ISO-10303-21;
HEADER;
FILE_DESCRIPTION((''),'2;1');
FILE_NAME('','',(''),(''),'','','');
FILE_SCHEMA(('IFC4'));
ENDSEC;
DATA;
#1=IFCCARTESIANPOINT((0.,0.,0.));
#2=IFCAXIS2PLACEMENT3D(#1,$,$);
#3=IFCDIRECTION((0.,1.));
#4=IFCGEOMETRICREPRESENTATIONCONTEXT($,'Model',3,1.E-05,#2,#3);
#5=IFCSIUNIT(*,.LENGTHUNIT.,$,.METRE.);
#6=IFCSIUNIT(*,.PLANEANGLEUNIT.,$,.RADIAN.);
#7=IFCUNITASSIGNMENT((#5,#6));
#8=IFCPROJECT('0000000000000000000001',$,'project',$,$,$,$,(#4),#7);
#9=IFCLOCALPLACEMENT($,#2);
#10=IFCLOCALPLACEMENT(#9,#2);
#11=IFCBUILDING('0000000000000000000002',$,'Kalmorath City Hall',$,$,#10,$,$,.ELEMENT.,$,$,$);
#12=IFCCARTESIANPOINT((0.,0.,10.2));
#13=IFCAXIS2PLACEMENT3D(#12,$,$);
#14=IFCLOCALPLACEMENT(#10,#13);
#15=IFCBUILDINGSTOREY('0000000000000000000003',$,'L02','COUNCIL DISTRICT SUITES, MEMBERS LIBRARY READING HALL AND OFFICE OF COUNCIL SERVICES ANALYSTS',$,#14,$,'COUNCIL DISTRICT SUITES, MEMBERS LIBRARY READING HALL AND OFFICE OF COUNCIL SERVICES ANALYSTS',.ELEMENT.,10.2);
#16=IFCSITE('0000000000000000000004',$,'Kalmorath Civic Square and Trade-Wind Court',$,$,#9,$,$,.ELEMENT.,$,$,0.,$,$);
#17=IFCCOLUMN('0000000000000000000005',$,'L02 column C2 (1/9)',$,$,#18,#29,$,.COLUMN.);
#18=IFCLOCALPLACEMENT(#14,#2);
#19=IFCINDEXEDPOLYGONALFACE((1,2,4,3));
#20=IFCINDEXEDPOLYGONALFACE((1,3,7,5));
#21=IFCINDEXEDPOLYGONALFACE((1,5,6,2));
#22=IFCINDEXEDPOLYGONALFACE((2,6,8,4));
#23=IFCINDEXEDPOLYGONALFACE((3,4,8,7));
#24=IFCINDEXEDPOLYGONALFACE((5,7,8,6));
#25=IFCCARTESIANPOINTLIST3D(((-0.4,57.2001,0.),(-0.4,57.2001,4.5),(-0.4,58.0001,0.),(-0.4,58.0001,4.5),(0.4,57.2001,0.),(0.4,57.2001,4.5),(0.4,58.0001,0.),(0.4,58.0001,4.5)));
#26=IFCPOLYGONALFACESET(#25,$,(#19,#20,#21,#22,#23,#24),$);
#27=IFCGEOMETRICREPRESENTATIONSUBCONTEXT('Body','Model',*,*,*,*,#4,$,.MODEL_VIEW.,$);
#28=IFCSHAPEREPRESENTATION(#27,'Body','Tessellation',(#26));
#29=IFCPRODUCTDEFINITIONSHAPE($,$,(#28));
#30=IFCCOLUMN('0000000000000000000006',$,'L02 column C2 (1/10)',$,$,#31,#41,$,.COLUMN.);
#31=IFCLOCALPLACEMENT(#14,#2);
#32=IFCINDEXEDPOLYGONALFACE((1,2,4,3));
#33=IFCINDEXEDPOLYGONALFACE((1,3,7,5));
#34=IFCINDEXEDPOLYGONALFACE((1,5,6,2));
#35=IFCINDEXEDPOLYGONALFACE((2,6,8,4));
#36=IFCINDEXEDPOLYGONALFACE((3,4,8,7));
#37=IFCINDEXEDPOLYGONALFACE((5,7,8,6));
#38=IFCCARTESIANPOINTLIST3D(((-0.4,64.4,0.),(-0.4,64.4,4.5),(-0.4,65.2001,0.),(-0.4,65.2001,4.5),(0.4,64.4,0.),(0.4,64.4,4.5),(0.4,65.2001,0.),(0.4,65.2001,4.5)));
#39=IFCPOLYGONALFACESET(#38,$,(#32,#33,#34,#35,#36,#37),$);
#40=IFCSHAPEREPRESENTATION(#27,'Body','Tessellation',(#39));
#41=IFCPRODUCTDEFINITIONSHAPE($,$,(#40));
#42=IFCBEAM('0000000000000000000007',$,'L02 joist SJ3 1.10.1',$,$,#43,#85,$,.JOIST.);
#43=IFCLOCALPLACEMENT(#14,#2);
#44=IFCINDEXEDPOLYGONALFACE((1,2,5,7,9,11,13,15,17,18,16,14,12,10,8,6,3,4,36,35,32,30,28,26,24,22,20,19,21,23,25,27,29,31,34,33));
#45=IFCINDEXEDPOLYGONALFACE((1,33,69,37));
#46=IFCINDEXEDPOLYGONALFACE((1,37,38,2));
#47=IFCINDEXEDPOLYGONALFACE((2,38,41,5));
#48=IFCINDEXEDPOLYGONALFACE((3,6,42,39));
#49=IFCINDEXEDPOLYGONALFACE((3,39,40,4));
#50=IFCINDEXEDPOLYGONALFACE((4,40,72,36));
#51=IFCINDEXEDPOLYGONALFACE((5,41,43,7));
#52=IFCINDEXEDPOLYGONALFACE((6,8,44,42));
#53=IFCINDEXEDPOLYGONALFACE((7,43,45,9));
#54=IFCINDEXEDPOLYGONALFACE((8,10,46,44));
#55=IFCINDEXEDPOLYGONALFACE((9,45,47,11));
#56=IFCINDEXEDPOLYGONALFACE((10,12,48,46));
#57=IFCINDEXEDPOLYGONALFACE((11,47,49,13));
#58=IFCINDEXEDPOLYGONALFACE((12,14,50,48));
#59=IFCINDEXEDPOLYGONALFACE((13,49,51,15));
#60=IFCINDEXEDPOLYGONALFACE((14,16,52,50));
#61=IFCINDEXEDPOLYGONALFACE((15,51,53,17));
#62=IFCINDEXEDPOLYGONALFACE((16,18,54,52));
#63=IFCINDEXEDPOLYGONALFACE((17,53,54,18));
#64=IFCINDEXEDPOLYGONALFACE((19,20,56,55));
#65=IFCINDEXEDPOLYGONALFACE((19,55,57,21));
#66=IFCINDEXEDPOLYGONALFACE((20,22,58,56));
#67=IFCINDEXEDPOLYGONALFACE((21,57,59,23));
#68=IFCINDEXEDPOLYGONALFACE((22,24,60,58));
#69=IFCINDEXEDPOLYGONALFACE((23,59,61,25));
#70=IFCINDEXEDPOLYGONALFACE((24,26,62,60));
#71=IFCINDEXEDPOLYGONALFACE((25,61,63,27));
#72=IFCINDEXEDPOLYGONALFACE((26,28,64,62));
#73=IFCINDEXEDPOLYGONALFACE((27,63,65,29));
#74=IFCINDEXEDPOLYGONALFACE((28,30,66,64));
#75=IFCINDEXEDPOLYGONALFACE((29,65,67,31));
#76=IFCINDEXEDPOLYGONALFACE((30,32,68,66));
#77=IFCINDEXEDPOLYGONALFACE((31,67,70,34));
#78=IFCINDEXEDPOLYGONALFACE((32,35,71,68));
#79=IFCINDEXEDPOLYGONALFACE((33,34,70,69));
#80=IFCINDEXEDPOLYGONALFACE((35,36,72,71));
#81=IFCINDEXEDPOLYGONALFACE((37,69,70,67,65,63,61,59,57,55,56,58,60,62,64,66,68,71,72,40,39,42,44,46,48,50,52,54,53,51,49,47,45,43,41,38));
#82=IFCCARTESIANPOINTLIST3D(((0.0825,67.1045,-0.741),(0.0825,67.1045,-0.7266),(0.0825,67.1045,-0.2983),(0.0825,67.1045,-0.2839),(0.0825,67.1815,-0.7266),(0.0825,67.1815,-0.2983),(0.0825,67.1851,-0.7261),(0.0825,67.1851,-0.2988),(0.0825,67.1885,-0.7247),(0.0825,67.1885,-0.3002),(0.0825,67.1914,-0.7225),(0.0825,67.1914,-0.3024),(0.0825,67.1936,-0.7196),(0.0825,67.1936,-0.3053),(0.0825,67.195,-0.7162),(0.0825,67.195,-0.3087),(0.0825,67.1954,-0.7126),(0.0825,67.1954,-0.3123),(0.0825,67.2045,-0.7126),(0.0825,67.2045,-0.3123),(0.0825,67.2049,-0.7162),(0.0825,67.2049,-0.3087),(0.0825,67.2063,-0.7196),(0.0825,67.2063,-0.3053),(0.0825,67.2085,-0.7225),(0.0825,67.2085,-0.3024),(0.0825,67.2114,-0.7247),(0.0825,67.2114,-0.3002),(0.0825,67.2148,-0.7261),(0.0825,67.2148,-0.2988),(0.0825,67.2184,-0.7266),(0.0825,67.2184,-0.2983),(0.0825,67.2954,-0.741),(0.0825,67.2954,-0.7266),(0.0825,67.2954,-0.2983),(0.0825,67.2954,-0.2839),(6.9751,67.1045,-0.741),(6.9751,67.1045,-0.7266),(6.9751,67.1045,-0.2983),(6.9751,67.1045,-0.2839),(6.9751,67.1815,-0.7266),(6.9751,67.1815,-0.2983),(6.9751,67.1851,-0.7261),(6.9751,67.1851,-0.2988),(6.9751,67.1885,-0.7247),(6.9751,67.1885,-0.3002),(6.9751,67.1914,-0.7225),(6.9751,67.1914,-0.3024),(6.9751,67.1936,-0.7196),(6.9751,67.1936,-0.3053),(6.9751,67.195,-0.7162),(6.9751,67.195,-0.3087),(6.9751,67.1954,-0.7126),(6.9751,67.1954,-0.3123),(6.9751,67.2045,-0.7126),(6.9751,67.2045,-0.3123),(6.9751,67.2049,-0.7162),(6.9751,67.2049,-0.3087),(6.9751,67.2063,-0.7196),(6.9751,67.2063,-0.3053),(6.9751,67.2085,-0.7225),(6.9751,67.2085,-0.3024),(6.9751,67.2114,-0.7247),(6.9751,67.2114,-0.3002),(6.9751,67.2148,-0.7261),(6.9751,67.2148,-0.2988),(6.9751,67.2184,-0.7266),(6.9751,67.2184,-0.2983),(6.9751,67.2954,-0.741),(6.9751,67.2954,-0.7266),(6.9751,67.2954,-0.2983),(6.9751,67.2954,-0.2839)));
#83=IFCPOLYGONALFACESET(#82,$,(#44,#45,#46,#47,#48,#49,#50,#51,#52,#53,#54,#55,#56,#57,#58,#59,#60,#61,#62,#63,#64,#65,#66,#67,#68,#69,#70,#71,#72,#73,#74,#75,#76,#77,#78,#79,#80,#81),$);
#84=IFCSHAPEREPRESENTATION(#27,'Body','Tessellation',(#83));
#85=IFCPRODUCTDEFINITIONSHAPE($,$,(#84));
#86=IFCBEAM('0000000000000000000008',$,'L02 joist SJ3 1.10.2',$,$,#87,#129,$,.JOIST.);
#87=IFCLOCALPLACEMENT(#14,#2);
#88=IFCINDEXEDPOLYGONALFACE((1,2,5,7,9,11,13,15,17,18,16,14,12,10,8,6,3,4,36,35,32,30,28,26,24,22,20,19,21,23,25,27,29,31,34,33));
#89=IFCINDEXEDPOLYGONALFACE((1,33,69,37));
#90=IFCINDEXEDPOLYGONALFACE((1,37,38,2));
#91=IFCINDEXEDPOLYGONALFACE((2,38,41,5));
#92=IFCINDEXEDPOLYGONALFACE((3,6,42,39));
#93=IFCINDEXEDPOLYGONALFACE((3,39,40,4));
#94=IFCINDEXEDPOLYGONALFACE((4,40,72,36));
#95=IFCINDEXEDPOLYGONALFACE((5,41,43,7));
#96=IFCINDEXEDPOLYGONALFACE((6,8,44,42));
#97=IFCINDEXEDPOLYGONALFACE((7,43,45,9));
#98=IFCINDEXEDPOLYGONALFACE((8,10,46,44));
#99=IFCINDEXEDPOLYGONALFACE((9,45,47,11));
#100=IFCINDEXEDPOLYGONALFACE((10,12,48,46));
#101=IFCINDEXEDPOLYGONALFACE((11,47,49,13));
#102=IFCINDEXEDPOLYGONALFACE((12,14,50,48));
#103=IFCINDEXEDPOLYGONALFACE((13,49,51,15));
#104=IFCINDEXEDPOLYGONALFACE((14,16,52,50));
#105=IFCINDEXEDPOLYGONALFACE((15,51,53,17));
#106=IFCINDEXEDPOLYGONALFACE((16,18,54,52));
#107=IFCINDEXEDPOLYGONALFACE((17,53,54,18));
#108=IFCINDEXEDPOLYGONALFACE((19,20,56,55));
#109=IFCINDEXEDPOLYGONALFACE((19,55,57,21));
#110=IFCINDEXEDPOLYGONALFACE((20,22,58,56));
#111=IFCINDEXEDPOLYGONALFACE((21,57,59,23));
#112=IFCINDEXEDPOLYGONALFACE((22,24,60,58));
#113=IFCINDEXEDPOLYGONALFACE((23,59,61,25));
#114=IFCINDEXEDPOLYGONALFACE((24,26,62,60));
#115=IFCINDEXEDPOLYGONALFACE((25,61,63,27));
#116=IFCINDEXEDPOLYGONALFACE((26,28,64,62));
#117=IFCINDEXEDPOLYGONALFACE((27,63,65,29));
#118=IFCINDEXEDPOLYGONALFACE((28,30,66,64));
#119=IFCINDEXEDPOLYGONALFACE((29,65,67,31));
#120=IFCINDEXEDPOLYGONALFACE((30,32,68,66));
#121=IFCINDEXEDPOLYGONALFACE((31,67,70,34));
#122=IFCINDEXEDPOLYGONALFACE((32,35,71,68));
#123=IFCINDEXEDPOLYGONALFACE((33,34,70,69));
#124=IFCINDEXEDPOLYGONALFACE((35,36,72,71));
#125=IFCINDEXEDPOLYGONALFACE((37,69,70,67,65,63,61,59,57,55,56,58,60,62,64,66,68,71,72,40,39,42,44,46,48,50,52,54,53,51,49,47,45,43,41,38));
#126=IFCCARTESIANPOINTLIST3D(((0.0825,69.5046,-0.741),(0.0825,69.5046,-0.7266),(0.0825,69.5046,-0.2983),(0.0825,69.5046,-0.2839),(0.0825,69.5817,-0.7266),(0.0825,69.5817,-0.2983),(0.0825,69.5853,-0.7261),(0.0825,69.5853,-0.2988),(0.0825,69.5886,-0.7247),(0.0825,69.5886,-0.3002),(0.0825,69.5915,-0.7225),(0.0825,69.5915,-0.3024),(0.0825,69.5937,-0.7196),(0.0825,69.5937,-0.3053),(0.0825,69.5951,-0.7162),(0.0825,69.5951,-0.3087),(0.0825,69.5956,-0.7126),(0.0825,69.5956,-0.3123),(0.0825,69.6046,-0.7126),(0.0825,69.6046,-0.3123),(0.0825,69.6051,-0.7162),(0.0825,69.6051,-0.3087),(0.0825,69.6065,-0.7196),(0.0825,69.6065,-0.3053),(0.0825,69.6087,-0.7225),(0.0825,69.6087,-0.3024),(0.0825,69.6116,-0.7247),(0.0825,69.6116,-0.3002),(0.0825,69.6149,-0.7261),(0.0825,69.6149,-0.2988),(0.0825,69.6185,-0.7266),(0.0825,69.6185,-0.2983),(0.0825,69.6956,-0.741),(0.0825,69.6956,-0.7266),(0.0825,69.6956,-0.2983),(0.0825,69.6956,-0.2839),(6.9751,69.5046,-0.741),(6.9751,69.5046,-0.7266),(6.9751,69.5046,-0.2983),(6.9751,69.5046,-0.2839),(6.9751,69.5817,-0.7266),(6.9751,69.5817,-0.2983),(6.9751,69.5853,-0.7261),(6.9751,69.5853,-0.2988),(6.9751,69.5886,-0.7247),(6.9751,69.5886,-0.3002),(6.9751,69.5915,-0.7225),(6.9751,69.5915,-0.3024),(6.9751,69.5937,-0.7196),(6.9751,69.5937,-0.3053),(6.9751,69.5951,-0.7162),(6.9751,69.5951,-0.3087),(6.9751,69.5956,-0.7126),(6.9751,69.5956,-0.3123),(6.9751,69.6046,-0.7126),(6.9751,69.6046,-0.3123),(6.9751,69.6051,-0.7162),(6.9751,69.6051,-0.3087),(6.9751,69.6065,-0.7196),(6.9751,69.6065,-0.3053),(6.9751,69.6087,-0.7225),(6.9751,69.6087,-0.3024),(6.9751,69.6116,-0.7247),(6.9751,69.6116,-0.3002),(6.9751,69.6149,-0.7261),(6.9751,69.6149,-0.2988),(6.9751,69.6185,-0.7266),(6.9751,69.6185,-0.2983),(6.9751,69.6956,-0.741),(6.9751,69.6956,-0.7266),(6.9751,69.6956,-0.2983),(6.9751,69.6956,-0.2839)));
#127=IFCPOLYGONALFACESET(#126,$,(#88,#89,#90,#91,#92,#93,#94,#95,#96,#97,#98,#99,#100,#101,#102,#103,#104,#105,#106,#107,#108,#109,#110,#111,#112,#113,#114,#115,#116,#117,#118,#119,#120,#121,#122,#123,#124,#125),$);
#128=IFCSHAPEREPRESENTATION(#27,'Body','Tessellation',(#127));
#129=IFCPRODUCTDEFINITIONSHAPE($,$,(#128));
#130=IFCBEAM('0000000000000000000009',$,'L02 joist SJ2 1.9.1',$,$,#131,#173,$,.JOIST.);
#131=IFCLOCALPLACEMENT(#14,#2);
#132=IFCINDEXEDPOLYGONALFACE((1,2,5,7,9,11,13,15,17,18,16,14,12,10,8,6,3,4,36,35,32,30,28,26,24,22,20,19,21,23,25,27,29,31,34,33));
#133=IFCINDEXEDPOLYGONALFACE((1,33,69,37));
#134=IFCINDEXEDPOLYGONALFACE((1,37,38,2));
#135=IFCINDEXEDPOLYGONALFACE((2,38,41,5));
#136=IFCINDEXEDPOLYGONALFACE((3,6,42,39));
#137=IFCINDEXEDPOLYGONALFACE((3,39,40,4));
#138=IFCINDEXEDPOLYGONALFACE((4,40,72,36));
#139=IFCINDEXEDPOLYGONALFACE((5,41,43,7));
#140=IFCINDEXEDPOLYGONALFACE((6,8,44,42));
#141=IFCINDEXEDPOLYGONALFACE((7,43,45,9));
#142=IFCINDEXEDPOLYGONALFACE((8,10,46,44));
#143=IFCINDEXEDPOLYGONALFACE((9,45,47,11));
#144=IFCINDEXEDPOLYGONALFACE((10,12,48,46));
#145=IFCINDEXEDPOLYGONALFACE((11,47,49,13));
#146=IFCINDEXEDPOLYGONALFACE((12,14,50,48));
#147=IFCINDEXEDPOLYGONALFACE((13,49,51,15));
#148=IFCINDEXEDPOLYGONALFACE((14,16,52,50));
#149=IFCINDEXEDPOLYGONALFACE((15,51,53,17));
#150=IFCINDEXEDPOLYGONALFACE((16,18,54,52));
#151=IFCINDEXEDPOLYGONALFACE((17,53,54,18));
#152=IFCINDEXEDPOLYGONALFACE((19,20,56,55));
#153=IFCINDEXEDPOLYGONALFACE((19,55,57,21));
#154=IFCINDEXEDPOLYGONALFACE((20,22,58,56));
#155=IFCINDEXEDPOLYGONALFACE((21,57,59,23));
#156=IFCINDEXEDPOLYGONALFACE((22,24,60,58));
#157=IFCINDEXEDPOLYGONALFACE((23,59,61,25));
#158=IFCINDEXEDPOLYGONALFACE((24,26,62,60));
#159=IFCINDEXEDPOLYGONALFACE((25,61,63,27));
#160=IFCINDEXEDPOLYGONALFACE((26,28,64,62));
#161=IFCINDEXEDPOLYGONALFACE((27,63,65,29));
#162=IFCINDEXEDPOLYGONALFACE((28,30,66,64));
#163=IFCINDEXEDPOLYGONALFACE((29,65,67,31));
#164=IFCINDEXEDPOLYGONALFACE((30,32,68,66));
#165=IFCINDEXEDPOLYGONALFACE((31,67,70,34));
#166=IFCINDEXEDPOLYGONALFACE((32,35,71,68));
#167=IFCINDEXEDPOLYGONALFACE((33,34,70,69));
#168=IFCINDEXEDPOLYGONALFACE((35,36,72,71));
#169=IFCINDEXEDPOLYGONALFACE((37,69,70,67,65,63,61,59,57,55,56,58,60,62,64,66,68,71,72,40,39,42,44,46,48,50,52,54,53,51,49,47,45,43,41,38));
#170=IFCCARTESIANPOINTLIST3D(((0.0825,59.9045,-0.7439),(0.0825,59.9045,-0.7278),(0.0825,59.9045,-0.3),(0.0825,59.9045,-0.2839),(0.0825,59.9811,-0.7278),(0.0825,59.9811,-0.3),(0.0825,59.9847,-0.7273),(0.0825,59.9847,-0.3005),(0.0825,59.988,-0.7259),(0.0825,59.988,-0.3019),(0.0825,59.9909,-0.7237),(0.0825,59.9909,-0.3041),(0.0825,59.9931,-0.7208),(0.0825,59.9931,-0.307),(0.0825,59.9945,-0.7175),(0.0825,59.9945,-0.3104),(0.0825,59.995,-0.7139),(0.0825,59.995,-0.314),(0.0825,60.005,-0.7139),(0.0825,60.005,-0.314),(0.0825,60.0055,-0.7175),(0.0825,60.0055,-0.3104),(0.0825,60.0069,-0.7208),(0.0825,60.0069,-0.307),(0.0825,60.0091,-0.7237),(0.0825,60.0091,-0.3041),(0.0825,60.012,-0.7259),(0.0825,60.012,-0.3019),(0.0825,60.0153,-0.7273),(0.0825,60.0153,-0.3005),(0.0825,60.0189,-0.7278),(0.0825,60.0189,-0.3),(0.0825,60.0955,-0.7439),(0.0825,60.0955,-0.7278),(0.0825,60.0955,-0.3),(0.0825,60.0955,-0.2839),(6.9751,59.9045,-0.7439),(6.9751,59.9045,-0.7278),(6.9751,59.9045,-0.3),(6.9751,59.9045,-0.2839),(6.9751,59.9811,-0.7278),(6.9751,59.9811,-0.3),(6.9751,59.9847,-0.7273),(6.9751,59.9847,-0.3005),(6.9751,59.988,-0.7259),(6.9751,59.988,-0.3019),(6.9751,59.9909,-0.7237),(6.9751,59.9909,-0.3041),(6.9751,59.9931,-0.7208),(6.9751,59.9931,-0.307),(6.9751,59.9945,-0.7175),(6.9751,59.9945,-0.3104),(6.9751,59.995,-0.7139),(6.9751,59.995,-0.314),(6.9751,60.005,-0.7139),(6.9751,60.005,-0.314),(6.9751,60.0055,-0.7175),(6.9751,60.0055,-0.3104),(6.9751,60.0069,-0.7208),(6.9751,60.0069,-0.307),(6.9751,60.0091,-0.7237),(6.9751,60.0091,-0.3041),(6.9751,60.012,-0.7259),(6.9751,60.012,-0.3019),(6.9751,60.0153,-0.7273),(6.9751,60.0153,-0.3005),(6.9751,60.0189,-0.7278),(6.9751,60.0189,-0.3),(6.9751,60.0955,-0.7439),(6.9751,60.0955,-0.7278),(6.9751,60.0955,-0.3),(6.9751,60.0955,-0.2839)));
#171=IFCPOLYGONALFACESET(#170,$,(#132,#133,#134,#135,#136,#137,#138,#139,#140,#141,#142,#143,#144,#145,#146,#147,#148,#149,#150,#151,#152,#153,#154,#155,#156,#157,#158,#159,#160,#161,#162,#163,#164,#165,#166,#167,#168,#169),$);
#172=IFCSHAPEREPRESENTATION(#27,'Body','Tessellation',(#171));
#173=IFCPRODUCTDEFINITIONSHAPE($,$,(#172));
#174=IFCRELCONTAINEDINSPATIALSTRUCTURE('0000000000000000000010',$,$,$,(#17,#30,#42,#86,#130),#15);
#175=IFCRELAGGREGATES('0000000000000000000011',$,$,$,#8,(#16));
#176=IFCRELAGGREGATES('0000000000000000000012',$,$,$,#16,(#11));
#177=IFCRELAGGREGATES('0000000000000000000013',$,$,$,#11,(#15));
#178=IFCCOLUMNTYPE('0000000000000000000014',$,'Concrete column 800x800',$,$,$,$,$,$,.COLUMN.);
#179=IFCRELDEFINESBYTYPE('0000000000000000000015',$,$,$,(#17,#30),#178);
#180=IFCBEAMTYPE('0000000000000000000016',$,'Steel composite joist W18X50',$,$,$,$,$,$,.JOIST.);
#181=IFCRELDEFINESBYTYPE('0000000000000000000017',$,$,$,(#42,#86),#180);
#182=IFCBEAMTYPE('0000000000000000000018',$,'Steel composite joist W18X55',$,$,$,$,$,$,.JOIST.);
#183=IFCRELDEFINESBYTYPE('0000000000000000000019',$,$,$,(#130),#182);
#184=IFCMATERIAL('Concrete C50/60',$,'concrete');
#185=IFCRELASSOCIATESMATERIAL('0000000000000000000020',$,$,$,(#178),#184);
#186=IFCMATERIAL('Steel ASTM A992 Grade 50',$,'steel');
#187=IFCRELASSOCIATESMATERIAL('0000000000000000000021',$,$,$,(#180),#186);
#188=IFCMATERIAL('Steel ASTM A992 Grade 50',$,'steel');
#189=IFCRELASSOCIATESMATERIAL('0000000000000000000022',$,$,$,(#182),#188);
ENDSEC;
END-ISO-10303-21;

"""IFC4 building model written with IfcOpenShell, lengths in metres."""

from ifc_helpers import new_model, si_unit, direction, frame, origin, origin_2d, place, context, subcontext, project, spatial, rectangle, i_section, extrude, material, material_profile, profile_set, type_object, element, save


model = new_model("IFC4")

# Units and contexts
model_context = context("Model", 3, precision=1e-05, world=origin(), true_north=direction((0.0, 1.0)))
body_context = subcontext(model_context, "Body", "Model", "MODEL_VIEW")
ifc_project = project(units=[si_unit("LENGTHUNIT", "METRE"), si_unit("PLANEANGLEUNIT", "RADIAN")], contexts=[model_context])

# Site, building, storey
site_placement = place(None, origin())
site = spatial("IfcSite", under=ifc_project, at=site_placement, Name="Kalmorath Civic Square and Trade-Wind Court", CompositionType="ELEMENT", RefElevation=0.0)
building_placement = place(site_placement, origin())
building = spatial("IfcBuilding", under=site, at=building_placement, Name="Kalmorath City Hall", CompositionType="ELEMENT")
storey_placement = place(building_placement, frame((0.0, 0.0, 10.2)))
storey = spatial("IfcBuildingStorey", under=building, at=storey_placement, Name="L02", Description="COUNCIL DISTRICT SUITES, MEMBERS LIBRARY READING HALL AND OFFICE OF COUNCIL SERVICES ANALYSTS", LongName="COUNCIL DISTRICT SUITES, MEMBERS LIBRARY READING HALL AND OFFICE OF COUNCIL SERVICES ANALYSTS", CompositionType="ELEMENT", Elevation=10.2)

# Columns
ifc_material_1 = material(Name="Concrete C50/60", Category="concrete")
ifc_material_profile_1 = material_profile(ifc_material_1, rectangle(XDim=0.8, YDim=0.8, at=origin_2d()), Name="RC-COL-800X800")
ifc_profile_set_1 = profile_set([ifc_material_profile_1], Name="Concrete C50/60")
column_type = type_object("IfcColumnType", Name="Concrete column 800x800", PredefinedType="COLUMN", material=ifc_profile_set_1)
for number, where, z_axis, x_axis, name in (
    (1, (0.0, 57.6001, 0.0), (0.0, 0.0, 1.0), (1.0, 0.0, 0.0), "L02 column C2 (1/9)"),
    (2, (0.0, 64.8, 0.0), (0.0, 0.0, 1.0), (1.0, 0.0, 0.0), "L02 column C2 (1/10)"),
):
    element("IfcColumn", number, at=place(storey_placement, frame(where, z_axis=z_axis, x_axis=x_axis)), inside=storey, type_object=column_type, Name=name, PredefinedType="COLUMN", context=body_context, shape_type="SweptSolid", body=[
        extrude(rectangle(XDim=0.8, YDim=0.8, at=origin_2d()), origin(), (0.0, 0.0, 1.0), 4.5),
    ])

# Beams
ifc_material_2 = material(Name="Steel ASTM A992 Grade 50", Category="steel")
ifc_material_profile_2 = material_profile(ifc_material_2, i_section(OverallWidth=0.1909, OverallDepth=0.457, WebThickness=0.009, FlangeThickness=0.0144, FilletRadius=0.0139, at=origin_2d()), Name="W18X50")
ifc_profile_set_2 = profile_set([ifc_material_profile_2], Name="Steel ASTM A992 Grade 50")
beam_type_1 = type_object("IfcBeamType", Name="Steel composite joist W18X50", PredefinedType="JOIST", material=ifc_profile_set_2)
for number, where, z_axis, x_axis, name in (
    (3, (0.0825, 67.2, -0.5125), (1.0, 0.0, 0.0), (0.0, 1.0, 0.0), "L02 joist SJ3 1.10.1"),
    (4, (0.0825, 69.6001, -0.5125), (1.0, 0.0, 0.0), (0.0, 1.0, 0.0), "L02 joist SJ3 1.10.2"),
):
    element("IfcBeam", number, at=place(storey_placement, frame(where, z_axis=z_axis, x_axis=x_axis)), inside=storey, type_object=beam_type_1, Name=name, PredefinedType="JOIST", context=body_context, shape_type="SweptSolid", body=[
        extrude(i_section(OverallWidth=0.1909, OverallDepth=0.457, WebThickness=0.009, FlangeThickness=0.0144, FilletRadius=0.0139, at=origin_2d()), origin(), (0.0, 0.0, 1.0), 6.8926),
    ])
ifc_material_3 = material(Name="Steel ASTM A992 Grade 50", Category="steel")
ifc_material_profile_3 = material_profile(ifc_material_3, i_section(OverallWidth=0.1909, OverallDepth=0.46, WebThickness=0.01, FlangeThickness=0.0161, FilletRadius=0.0139, at=origin_2d()), Name="W18X55")
ifc_profile_set_3 = profile_set([ifc_material_profile_3], Name="Steel ASTM A992 Grade 50")
beam_type_2 = type_object("IfcBeamType", Name="Steel composite joist W18X55", PredefinedType="JOIST", material=ifc_profile_set_3)
for number, where, z_axis, x_axis, name in (
    (5, (0.0825, 60.0, -0.5139), (1.0, 0.0, 0.0), (0.0, 1.0, 0.0), "L02 joist SJ2 1.9.1"),
):
    element("IfcBeam", number, at=place(storey_placement, frame(where, z_axis=z_axis, x_axis=x_axis)), inside=storey, type_object=beam_type_2, Name=name, PredefinedType="JOIST", context=body_context, shape_type="SweptSolid", body=[
        extrude(i_section(OverallWidth=0.1909, OverallDepth=0.46, WebThickness=0.01, FlangeThickness=0.0161, FilletRadius=0.0139, at=origin_2d()), origin(), (0.0, 0.0, 1.0), 6.8926),
    ])

save(model, "model.ifc")
